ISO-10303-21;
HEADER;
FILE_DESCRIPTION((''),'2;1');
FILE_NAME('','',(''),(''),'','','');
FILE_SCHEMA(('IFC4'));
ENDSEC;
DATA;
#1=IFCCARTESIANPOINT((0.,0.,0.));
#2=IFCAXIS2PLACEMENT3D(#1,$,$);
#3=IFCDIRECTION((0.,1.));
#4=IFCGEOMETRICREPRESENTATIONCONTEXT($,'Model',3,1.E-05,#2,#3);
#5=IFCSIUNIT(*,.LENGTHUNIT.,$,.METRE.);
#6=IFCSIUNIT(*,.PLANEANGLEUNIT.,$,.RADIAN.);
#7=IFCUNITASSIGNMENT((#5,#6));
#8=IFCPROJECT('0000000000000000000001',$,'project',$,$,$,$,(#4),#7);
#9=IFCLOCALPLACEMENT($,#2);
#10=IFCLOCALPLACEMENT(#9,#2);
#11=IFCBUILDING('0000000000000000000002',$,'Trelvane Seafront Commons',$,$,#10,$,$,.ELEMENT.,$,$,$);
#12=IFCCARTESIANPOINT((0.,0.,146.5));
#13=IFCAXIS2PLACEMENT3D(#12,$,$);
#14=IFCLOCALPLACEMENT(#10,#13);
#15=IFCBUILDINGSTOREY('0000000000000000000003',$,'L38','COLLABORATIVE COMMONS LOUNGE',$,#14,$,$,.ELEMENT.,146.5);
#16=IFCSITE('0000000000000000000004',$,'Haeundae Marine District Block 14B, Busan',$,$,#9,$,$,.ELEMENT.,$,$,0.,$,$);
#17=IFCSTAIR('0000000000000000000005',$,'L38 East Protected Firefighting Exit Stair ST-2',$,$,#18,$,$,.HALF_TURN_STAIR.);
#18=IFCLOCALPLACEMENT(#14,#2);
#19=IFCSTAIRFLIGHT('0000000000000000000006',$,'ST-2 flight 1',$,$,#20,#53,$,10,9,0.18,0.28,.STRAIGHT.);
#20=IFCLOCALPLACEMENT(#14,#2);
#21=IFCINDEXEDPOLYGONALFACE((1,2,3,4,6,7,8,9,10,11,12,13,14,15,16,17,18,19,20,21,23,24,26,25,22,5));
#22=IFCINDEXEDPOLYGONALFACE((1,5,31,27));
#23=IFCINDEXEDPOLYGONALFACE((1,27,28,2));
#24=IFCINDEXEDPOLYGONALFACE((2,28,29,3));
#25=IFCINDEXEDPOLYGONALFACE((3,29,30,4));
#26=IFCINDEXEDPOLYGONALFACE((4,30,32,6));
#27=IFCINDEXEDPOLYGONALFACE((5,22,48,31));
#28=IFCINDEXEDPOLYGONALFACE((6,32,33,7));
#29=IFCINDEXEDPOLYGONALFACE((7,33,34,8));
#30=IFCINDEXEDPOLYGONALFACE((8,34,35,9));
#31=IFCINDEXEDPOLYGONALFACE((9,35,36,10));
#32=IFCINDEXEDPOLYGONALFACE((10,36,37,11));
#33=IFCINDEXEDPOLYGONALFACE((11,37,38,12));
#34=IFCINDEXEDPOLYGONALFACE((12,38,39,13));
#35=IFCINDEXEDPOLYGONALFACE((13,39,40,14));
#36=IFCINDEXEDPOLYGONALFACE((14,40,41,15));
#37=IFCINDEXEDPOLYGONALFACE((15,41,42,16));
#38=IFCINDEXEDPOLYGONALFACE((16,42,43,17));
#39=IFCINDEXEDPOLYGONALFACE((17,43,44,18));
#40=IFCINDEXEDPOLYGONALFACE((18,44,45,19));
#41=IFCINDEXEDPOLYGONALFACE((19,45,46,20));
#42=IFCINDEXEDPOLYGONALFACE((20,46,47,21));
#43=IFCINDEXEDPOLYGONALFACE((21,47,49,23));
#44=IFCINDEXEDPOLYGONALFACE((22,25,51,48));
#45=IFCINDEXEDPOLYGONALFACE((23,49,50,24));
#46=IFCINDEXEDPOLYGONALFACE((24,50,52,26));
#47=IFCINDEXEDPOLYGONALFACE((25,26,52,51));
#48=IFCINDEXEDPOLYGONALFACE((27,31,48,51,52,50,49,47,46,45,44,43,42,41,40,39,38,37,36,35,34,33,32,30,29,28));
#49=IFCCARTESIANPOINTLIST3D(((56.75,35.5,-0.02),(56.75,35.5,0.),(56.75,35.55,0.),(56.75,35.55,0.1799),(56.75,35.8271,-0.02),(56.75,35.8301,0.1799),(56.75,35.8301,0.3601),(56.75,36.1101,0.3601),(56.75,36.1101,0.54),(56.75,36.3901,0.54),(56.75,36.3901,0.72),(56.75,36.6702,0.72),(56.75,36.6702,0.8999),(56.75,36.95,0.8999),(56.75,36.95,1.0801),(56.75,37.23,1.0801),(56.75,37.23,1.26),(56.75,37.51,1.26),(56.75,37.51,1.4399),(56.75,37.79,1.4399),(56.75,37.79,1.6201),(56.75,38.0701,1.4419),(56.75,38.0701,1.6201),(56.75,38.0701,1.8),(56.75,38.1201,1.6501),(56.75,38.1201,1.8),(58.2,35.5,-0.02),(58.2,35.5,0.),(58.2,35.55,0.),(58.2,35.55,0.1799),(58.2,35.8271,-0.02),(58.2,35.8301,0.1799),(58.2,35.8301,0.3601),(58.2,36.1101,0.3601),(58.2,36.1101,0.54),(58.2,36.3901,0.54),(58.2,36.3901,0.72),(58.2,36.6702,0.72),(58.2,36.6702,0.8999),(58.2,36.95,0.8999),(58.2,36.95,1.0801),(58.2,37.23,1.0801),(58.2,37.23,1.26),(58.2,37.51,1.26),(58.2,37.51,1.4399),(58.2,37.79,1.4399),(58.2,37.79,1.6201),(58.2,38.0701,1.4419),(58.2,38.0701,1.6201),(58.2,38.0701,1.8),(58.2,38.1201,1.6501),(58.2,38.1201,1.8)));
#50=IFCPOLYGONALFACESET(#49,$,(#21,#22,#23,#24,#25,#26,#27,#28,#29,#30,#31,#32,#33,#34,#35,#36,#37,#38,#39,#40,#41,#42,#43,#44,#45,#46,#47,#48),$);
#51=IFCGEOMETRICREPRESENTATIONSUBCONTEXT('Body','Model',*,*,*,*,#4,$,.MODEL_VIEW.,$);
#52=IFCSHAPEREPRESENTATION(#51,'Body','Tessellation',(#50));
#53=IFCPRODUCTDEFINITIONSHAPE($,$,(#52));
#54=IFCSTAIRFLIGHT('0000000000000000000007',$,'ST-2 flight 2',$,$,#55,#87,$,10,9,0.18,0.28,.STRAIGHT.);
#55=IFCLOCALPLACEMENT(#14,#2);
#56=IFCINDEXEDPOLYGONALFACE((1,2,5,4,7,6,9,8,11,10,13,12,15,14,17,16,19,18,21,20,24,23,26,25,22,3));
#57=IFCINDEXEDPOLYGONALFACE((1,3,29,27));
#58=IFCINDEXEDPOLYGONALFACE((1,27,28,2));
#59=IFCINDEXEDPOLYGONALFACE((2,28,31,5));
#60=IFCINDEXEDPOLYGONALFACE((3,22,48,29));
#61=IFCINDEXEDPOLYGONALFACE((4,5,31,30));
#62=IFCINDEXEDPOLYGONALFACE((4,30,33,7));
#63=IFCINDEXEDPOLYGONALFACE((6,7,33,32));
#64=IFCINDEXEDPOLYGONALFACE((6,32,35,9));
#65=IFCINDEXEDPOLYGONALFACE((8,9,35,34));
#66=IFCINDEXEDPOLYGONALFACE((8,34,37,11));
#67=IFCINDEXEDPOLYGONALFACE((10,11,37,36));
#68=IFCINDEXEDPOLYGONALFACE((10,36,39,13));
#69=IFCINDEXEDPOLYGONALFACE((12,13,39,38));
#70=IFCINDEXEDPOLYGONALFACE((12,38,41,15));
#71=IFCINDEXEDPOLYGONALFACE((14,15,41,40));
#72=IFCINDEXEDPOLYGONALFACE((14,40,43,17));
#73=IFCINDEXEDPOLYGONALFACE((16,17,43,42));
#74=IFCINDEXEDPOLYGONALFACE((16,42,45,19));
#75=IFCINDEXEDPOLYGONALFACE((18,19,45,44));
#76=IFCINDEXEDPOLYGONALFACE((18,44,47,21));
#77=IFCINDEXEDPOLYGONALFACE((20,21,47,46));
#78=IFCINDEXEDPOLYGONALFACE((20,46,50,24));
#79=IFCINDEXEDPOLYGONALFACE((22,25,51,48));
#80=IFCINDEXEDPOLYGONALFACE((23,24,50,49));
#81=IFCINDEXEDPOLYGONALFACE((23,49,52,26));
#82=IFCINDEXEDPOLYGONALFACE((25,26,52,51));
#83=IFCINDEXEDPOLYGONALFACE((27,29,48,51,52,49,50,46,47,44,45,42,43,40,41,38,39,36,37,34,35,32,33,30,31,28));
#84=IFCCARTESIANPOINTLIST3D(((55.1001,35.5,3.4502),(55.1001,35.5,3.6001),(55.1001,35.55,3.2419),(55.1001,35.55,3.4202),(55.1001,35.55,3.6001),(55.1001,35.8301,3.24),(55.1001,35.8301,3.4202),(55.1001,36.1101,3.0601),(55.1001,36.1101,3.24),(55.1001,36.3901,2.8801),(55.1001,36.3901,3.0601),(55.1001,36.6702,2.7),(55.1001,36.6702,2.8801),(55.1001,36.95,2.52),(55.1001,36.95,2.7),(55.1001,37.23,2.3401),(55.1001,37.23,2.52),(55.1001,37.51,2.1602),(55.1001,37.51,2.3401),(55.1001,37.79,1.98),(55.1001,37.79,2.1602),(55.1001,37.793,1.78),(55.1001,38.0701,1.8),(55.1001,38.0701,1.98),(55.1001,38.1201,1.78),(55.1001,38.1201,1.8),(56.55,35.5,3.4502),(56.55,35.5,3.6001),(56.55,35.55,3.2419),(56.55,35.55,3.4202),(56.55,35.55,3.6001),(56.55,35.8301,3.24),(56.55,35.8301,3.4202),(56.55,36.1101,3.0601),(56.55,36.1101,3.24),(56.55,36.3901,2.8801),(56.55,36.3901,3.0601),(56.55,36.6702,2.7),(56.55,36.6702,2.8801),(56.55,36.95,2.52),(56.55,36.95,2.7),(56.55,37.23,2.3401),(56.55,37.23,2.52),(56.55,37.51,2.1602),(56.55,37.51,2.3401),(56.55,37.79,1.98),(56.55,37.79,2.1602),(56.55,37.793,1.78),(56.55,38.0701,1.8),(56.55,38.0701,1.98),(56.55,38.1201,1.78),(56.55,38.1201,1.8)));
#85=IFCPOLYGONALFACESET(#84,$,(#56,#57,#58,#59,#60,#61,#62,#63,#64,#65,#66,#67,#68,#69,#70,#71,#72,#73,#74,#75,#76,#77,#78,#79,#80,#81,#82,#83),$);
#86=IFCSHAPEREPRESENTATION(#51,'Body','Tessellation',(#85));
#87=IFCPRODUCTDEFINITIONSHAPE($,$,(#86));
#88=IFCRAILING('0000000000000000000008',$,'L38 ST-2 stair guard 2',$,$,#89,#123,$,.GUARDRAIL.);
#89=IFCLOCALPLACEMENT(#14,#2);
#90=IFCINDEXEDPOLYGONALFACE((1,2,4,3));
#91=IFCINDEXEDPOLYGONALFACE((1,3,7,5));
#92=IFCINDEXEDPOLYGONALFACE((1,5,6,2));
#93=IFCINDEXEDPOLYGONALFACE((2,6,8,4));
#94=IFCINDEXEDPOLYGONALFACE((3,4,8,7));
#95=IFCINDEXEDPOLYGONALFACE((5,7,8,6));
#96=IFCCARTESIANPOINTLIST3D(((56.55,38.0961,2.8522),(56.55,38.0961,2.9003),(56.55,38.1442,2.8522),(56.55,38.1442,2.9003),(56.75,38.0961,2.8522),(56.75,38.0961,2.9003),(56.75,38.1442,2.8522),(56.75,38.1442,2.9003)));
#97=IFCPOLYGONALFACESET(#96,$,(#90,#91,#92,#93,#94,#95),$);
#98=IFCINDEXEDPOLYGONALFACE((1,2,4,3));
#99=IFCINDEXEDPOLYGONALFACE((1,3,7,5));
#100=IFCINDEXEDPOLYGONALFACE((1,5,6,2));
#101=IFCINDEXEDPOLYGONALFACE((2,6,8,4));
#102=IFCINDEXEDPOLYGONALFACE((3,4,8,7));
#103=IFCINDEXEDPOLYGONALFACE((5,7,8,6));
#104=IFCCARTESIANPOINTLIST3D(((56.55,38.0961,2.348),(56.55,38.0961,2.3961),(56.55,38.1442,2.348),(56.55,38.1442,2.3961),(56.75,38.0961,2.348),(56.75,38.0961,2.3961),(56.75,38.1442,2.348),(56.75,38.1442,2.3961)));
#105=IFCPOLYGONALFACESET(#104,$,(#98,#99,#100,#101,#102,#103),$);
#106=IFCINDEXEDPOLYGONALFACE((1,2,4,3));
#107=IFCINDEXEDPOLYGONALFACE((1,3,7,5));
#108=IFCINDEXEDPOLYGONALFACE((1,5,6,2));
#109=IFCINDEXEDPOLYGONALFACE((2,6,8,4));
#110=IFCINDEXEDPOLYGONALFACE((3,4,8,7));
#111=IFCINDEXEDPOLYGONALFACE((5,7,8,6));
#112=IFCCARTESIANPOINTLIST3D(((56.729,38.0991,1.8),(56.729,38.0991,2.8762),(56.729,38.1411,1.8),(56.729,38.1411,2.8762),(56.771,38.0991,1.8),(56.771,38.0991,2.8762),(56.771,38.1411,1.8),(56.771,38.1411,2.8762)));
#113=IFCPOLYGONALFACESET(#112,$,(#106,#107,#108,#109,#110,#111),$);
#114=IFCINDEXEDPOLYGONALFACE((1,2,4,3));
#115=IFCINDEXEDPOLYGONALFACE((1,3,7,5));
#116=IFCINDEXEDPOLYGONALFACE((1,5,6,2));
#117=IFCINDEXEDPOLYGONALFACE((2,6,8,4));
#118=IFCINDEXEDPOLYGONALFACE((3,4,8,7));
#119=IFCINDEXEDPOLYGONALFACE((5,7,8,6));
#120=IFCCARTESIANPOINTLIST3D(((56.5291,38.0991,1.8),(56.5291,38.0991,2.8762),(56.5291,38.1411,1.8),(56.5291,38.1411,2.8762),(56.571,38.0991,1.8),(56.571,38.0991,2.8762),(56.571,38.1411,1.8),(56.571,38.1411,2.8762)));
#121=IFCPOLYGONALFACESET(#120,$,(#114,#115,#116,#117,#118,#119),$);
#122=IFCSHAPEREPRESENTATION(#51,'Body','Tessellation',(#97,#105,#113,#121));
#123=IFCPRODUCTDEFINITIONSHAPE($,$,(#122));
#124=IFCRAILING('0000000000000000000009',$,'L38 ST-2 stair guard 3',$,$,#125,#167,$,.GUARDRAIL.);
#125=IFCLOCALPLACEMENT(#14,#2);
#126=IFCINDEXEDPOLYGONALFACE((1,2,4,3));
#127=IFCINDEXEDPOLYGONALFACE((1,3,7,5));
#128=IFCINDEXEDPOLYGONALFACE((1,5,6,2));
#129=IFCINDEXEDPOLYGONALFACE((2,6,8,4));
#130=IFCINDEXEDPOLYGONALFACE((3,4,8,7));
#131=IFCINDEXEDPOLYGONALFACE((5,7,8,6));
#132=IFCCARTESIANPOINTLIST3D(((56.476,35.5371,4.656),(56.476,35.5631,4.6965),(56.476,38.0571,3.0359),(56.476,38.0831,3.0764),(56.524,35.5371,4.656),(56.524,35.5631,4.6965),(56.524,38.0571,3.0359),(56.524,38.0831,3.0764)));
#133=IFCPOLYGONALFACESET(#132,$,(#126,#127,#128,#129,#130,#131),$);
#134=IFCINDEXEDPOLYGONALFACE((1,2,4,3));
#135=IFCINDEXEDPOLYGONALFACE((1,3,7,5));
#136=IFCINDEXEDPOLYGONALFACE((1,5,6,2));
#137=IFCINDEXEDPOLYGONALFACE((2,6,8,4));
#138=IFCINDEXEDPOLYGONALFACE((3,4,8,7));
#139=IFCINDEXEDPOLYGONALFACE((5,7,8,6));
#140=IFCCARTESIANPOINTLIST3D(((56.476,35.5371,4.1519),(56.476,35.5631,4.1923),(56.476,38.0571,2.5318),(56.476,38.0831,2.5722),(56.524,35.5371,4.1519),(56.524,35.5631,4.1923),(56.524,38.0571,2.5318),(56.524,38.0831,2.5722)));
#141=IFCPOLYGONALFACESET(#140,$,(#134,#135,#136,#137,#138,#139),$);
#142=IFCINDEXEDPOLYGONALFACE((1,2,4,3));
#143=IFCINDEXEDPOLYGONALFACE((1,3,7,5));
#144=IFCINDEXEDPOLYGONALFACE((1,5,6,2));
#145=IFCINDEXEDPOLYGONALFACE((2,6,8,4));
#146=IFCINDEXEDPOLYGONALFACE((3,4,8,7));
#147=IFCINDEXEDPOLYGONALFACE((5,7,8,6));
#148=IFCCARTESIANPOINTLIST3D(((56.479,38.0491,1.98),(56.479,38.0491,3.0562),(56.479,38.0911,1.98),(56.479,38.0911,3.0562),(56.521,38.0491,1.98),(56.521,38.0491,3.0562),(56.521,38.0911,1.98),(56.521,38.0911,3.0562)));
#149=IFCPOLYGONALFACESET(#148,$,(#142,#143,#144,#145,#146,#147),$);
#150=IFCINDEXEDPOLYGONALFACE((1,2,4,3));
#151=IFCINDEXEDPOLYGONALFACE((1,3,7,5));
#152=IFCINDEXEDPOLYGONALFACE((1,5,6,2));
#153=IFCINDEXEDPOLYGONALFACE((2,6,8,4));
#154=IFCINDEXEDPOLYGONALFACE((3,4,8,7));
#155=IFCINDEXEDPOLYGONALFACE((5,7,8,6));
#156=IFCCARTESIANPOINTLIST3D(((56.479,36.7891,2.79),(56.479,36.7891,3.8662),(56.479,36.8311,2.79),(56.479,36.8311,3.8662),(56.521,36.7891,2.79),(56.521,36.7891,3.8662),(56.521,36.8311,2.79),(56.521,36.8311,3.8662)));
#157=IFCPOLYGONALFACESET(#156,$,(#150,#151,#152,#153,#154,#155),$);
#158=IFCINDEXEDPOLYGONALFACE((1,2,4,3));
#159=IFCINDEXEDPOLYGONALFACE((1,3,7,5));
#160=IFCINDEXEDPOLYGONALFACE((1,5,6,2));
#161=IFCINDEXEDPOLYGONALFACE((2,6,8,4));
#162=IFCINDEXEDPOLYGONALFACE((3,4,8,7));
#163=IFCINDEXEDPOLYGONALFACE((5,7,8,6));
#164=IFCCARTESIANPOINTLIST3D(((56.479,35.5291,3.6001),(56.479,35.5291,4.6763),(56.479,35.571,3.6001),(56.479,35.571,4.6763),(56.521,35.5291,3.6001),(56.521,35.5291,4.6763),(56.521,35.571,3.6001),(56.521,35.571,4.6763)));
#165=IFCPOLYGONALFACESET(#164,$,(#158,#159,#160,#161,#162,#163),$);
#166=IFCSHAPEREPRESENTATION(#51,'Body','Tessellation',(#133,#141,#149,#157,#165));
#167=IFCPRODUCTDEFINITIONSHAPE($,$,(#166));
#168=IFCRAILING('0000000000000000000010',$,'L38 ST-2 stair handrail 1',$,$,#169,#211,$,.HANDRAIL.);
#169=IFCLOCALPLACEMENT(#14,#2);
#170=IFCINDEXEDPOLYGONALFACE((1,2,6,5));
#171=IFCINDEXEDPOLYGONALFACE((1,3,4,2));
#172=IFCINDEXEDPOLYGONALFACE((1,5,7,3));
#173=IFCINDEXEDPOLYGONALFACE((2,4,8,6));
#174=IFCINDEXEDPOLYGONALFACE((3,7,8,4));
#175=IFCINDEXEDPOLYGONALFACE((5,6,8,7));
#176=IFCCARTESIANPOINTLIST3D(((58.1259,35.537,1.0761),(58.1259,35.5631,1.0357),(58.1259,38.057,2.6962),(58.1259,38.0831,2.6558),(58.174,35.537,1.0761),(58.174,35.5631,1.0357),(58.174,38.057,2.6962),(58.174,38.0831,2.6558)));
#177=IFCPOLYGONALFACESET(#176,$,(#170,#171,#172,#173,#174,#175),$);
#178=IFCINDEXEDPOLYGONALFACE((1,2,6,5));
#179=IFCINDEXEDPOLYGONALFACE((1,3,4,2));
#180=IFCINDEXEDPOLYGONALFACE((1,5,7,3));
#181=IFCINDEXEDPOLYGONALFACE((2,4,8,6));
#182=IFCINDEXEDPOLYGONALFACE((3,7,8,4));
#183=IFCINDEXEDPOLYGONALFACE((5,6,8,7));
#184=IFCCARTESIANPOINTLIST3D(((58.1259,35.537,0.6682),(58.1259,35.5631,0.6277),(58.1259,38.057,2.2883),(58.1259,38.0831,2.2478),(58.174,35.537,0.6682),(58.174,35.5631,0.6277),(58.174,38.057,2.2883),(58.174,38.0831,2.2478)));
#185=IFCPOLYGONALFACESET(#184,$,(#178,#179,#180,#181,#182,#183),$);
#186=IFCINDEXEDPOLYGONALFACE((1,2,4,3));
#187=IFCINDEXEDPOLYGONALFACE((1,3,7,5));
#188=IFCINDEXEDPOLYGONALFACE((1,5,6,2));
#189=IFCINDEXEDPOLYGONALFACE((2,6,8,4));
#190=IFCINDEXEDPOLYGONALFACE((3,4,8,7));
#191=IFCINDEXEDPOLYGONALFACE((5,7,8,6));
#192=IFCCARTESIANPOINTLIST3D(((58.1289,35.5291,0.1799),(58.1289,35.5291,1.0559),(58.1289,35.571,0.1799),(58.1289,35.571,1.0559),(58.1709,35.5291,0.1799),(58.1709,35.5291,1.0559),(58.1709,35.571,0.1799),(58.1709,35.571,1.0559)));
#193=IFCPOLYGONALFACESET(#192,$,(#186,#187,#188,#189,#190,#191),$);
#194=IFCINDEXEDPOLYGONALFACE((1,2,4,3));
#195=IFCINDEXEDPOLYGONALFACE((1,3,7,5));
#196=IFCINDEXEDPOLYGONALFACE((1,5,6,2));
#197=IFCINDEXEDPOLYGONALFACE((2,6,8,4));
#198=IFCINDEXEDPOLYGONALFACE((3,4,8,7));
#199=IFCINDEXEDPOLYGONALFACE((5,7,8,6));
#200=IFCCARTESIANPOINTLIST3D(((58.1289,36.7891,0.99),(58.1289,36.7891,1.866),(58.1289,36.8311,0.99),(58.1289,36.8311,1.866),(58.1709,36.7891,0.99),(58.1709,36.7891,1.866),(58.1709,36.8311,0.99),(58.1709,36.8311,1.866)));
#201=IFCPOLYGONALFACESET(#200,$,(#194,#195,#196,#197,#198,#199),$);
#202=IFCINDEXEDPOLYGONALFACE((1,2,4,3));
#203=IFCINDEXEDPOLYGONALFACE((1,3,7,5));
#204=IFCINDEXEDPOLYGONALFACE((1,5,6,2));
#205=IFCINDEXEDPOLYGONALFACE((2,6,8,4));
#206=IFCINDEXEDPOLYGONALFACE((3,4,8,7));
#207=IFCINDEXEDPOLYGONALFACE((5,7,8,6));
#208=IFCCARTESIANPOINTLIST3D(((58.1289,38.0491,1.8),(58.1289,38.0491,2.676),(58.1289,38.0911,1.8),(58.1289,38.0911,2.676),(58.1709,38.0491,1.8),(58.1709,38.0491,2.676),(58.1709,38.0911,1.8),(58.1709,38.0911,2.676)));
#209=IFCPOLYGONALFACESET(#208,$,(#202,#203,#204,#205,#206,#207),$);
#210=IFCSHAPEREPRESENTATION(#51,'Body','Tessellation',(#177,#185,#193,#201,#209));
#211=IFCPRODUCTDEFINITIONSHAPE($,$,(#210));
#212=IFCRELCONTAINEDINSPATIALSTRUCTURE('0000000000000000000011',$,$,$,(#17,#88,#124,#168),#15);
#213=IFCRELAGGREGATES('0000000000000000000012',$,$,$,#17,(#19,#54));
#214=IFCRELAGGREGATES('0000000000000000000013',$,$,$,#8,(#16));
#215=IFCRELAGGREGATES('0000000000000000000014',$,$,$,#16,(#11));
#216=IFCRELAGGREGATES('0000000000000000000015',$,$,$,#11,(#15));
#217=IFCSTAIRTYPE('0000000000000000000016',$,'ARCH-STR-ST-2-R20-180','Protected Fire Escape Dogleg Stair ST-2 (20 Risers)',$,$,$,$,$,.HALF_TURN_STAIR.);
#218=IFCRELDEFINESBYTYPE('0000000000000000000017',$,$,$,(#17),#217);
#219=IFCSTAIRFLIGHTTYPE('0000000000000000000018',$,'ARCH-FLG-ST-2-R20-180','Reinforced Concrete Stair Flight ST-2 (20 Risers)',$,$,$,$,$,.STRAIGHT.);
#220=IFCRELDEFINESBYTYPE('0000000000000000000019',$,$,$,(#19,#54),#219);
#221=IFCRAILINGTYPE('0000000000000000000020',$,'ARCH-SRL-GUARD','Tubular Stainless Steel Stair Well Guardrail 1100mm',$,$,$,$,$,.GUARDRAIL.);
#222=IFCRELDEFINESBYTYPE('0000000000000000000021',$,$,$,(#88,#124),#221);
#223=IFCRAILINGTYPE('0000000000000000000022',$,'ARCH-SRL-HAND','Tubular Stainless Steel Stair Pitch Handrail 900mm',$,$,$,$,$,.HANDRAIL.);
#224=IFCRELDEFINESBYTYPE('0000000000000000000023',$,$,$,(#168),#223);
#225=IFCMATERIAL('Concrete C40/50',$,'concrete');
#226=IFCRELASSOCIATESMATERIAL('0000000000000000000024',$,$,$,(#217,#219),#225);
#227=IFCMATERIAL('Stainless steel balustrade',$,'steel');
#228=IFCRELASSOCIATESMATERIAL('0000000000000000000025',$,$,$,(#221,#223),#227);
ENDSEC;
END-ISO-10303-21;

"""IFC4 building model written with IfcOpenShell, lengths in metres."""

from ifc_helpers import new_model, si_unit, direction, frame, origin, origin_2d, place, context, subcontext, project, spatial, polyline, rectangle, outline, extrude, source, transform, mapped, material, type_object, element, aggregate, save


model = new_model("IFC4")

# Units and contexts
model_context = context("Model", 3, precision=1e-05, world=origin(), true_north=direction((0.0, 1.0)))
body_context = subcontext(model_context, "Body", "Model", "MODEL_VIEW")
ifc_project = project(units=[si_unit("LENGTHUNIT", "METRE"), si_unit("PLANEANGLEUNIT", "RADIAN")], contexts=[model_context])

# Site, building, storey
site_placement = place(None, origin())
site = spatial("IfcSite", under=ifc_project, at=site_placement, Name="Haeundae Marine District Block 14B, Busan", CompositionType="ELEMENT", RefElevation=0.0)
building_placement = place(site_placement, origin())
building = spatial("IfcBuilding", under=site, at=building_placement, Name="Trelvane Seafront Commons", CompositionType="ELEMENT")
storey_placement = place(building_placement, frame((0.0, 0.0, 146.5)))
storey = spatial("IfcBuildingStorey", under=building, at=storey_placement, Name="L38", Description="COLLABORATIVE COMMONS LOUNGE", CompositionType="ELEMENT", Elevation=146.5)

# Stair, stair flights
ifc_material_1 = material(Name="Concrete C40/50", Category="concrete")
stair_type = type_object("IfcStairType", Name="ARCH-STR-ST-2-R20-180", Description="Protected Fire Escape Dogleg Stair ST-2 (20 Risers)", PredefinedType="HALF_TURN_STAIR", material=ifc_material_1)
stair_placement = place(storey_placement, origin())
stair = element("IfcStair", 1, at=stair_placement, inside=storey, type_object=stair_type, Name="L38 East Protected Firefighting Exit Stair ST-2", PredefinedType="HALF_TURN_STAIR")
stair_flight_type = type_object("IfcStairFlightType", Name="ARCH-FLG-ST-2-R20-180", Description="Reinforced Concrete Stair Flight ST-2 (20 Risers)", PredefinedType="STRAIGHT", material=ifc_material_1)
shared_shape_1 = source(origin(), body_context, "Body", "SweptSolid", [
    extrude(outline(polyline([(-0.05, -0.02), (-0.05, 0.0), (0.0, 0.0), (0.0, 0.1799), (0.28, 0.1799), (0.28, 0.3601), (0.5601, 0.3601), (0.5601, 0.54), (0.8401, 0.54), (0.8401, 0.72), (1.1201, 0.72), (1.1201, 0.8999), (1.3999, 0.8999), (1.3999, 1.0801), (1.6799, 1.0801), (1.6799, 1.26), (1.96, 1.26), (1.96, 1.4399), (2.24, 1.4399), (2.24, 1.6201), (2.52, 1.6201), (2.52, 1.8), (2.5701, 1.8), (2.5701, 1.6501), (2.52, 1.4419), (0.2771, -0.02), (-0.05, -0.02)])), frame((0.0, 0.7251, 0.0), z_axis=(0.0, -1.0, 0.0), x_axis=(1.0, 0.0, 0.0)), (0.0, 0.0, 1.0), 1.45),
])
stair_flight_1_placement = place(storey_placement, frame((57.4751, 35.55, 0.0), z_axis=(0.0, 0.0, 1.0), x_axis=(0.0, 1.0, 0.0)))
stair_flight_1 = element("IfcStairFlight", 2, at=stair_flight_1_placement, type_object=stair_flight_type, Name="ST-2 flight 1", NumberOfRisers=10, NumberOfTreads=9, PredefinedType="STRAIGHT", RiserHeight=0.18, TreadLength=0.28, context=body_context, shape_type="MappedRepresentation", body=[
    mapped(shared_shape_1, transform((0.0, 0.0, 0.0), x_axis=(1.0, 0.0, 0.0), y_axis=(0.0, 1.0, 0.0), z_axis=(0.0, 0.0, 1.0), scale=1.0)),
])
stair_flight_2_placement = place(storey_placement, frame((55.825, 38.0701, 1.8), z_axis=(0.0, 0.0, 1.0), x_axis=(0.0, -1.0, 0.0)))
stair_flight_2 = element("IfcStairFlight", 3, at=stair_flight_2_placement, type_object=stair_flight_type, Name="ST-2 flight 2", NumberOfRisers=10, NumberOfTreads=9, PredefinedType="STRAIGHT", RiserHeight=0.18, TreadLength=0.28, context=body_context, shape_type="MappedRepresentation", body=[
    mapped(shared_shape_1, transform((0.0, 0.0, 0.0), x_axis=(1.0, 0.0, 0.0), y_axis=(0.0, 1.0, 0.0), z_axis=(0.0, 0.0, 1.0), scale=1.0)),
])
aggregate(stair, [stair_flight_1, stair_flight_2])

# Railings
ifc_material_2 = material(Name="Stainless steel balustrade", Category="steel")
railing_type_1 = type_object("IfcRailingType", Name="ARCH-SRL-GUARD", Description="Tubular Stainless Steel Stair Well Guardrail 1100mm", PredefinedType="GUARDRAIL", material=ifc_material_2)
railing_1_placement = place(storey_placement, frame((56.75, 38.1201, 1.8)))
element("IfcRailing", 4, at=railing_1_placement, inside=storey, type_object=railing_type_1, Name="L38 ST-2 stair guard 2", PredefinedType="GUARDRAIL", context=body_context, shape_type="SweptSolid", body=[
    extrude(rectangle(XDim=0.0481, YDim=0.0481, at=origin_2d()), frame((0.0, 0.0, 1.0762), z_axis=(-1.0, 0.0, 0.0), x_axis=(0.0, -1.0, 0.0)), (0.0, 0.0, 1.0), 0.2),
    extrude(rectangle(XDim=0.0481, YDim=0.0481, at=origin_2d()), frame((0.0, 0.0, 0.572), z_axis=(-1.0, 0.0, 0.0), x_axis=(0.0, -1.0, 0.0)), (0.0, 0.0, 1.0), 0.2),
    extrude(rectangle(XDim=0.042, YDim=0.042, at=origin_2d()), origin(), (0.0, 0.0, 1.0), 1.0762),
    extrude(rectangle(XDim=0.042, YDim=0.042, at=origin_2d()), frame((-0.2, 0.0, 0.0)), (0.0, 0.0, 1.0), 1.0762),
])
railing_2_placement = place(storey_placement, frame((56.5, 38.0701, 1.98)))
element("IfcRailing", 5, at=railing_2_placement, inside=storey, type_object=railing_type_1, Name="L38 ST-2 stair guard 3", PredefinedType="GUARDRAIL", context=body_context, shape_type="SweptSolid", body=[
    extrude(rectangle(XDim=0.0481, YDim=0.0481, at=origin_2d()), frame((0.0, 0.0, 1.0762), z_axis=(0.0, -0.841163, 0.540782), x_axis=(1.0, 0.0, 0.0)), (0.0, 0.0, 1.0), 2.9958),
    extrude(rectangle(XDim=0.0481, YDim=0.0481, at=origin_2d()), frame((0.0, 0.0, 0.572), z_axis=(0.0, -0.841163, 0.540782), x_axis=(1.0, 0.0, 0.0)), (0.0, 0.0, 1.0), 2.9958),
    extrude(rectangle(XDim=0.042, YDim=0.042, at=origin_2d()), origin(), (0.0, 0.0, 1.0), 1.0762),
    extrude(rectangle(XDim=0.042, YDim=0.042, at=origin_2d()), frame((0.0, -1.26, 0.8101)), (0.0, 0.0, 1.0), 1.0762),
    extrude(rectangle(XDim=0.042, YDim=0.042, at=origin_2d()), frame((0.0, -2.52, 1.6201)), (0.0, 0.0, 1.0), 1.0762),
])
railing_type_2 = type_object("IfcRailingType", Name="ARCH-SRL-HAND", Description="Tubular Stainless Steel Stair Pitch Handrail 900mm", PredefinedType="HANDRAIL", material=ifc_material_2)
railing_3_placement = place(storey_placement, frame((58.1499, 35.55, 0.1799)))
element("IfcRailing", 6, at=railing_3_placement, inside=storey, type_object=railing_type_2, Name="L38 ST-2 stair handrail 1", PredefinedType="HANDRAIL", context=body_context, shape_type="SweptSolid", body=[
    extrude(rectangle(XDim=0.0481, YDim=0.0481, at=origin_2d()), frame((0.0, 0.0, 0.876), z_axis=(0.0, 0.841163, 0.540782), x_axis=(-1.0, 0.0, 0.0)), (0.0, 0.0, 1.0), 2.9958),
    extrude(rectangle(XDim=0.0481, YDim=0.0481, at=origin_2d()), frame((0.0, 0.0, 0.468), z_axis=(0.0, 0.841163, 0.540782), x_axis=(-1.0, 0.0, 0.0)), (0.0, 0.0, 1.0), 2.9958),
    extrude(rectangle(XDim=0.042, YDim=0.042, at=origin_2d()), origin(), (0.0, 0.0, 1.0), 0.876),
    extrude(rectangle(XDim=0.042, YDim=0.042, at=origin_2d()), frame((0.0, 1.26, 0.8101)), (0.0, 0.0, 1.0), 0.876),
    extrude(rectangle(XDim=0.042, YDim=0.042, at=origin_2d()), frame((0.0, 2.52, 1.6201)), (0.0, 0.0, 1.0), 0.876),
])

save(model, "model.ifc")
